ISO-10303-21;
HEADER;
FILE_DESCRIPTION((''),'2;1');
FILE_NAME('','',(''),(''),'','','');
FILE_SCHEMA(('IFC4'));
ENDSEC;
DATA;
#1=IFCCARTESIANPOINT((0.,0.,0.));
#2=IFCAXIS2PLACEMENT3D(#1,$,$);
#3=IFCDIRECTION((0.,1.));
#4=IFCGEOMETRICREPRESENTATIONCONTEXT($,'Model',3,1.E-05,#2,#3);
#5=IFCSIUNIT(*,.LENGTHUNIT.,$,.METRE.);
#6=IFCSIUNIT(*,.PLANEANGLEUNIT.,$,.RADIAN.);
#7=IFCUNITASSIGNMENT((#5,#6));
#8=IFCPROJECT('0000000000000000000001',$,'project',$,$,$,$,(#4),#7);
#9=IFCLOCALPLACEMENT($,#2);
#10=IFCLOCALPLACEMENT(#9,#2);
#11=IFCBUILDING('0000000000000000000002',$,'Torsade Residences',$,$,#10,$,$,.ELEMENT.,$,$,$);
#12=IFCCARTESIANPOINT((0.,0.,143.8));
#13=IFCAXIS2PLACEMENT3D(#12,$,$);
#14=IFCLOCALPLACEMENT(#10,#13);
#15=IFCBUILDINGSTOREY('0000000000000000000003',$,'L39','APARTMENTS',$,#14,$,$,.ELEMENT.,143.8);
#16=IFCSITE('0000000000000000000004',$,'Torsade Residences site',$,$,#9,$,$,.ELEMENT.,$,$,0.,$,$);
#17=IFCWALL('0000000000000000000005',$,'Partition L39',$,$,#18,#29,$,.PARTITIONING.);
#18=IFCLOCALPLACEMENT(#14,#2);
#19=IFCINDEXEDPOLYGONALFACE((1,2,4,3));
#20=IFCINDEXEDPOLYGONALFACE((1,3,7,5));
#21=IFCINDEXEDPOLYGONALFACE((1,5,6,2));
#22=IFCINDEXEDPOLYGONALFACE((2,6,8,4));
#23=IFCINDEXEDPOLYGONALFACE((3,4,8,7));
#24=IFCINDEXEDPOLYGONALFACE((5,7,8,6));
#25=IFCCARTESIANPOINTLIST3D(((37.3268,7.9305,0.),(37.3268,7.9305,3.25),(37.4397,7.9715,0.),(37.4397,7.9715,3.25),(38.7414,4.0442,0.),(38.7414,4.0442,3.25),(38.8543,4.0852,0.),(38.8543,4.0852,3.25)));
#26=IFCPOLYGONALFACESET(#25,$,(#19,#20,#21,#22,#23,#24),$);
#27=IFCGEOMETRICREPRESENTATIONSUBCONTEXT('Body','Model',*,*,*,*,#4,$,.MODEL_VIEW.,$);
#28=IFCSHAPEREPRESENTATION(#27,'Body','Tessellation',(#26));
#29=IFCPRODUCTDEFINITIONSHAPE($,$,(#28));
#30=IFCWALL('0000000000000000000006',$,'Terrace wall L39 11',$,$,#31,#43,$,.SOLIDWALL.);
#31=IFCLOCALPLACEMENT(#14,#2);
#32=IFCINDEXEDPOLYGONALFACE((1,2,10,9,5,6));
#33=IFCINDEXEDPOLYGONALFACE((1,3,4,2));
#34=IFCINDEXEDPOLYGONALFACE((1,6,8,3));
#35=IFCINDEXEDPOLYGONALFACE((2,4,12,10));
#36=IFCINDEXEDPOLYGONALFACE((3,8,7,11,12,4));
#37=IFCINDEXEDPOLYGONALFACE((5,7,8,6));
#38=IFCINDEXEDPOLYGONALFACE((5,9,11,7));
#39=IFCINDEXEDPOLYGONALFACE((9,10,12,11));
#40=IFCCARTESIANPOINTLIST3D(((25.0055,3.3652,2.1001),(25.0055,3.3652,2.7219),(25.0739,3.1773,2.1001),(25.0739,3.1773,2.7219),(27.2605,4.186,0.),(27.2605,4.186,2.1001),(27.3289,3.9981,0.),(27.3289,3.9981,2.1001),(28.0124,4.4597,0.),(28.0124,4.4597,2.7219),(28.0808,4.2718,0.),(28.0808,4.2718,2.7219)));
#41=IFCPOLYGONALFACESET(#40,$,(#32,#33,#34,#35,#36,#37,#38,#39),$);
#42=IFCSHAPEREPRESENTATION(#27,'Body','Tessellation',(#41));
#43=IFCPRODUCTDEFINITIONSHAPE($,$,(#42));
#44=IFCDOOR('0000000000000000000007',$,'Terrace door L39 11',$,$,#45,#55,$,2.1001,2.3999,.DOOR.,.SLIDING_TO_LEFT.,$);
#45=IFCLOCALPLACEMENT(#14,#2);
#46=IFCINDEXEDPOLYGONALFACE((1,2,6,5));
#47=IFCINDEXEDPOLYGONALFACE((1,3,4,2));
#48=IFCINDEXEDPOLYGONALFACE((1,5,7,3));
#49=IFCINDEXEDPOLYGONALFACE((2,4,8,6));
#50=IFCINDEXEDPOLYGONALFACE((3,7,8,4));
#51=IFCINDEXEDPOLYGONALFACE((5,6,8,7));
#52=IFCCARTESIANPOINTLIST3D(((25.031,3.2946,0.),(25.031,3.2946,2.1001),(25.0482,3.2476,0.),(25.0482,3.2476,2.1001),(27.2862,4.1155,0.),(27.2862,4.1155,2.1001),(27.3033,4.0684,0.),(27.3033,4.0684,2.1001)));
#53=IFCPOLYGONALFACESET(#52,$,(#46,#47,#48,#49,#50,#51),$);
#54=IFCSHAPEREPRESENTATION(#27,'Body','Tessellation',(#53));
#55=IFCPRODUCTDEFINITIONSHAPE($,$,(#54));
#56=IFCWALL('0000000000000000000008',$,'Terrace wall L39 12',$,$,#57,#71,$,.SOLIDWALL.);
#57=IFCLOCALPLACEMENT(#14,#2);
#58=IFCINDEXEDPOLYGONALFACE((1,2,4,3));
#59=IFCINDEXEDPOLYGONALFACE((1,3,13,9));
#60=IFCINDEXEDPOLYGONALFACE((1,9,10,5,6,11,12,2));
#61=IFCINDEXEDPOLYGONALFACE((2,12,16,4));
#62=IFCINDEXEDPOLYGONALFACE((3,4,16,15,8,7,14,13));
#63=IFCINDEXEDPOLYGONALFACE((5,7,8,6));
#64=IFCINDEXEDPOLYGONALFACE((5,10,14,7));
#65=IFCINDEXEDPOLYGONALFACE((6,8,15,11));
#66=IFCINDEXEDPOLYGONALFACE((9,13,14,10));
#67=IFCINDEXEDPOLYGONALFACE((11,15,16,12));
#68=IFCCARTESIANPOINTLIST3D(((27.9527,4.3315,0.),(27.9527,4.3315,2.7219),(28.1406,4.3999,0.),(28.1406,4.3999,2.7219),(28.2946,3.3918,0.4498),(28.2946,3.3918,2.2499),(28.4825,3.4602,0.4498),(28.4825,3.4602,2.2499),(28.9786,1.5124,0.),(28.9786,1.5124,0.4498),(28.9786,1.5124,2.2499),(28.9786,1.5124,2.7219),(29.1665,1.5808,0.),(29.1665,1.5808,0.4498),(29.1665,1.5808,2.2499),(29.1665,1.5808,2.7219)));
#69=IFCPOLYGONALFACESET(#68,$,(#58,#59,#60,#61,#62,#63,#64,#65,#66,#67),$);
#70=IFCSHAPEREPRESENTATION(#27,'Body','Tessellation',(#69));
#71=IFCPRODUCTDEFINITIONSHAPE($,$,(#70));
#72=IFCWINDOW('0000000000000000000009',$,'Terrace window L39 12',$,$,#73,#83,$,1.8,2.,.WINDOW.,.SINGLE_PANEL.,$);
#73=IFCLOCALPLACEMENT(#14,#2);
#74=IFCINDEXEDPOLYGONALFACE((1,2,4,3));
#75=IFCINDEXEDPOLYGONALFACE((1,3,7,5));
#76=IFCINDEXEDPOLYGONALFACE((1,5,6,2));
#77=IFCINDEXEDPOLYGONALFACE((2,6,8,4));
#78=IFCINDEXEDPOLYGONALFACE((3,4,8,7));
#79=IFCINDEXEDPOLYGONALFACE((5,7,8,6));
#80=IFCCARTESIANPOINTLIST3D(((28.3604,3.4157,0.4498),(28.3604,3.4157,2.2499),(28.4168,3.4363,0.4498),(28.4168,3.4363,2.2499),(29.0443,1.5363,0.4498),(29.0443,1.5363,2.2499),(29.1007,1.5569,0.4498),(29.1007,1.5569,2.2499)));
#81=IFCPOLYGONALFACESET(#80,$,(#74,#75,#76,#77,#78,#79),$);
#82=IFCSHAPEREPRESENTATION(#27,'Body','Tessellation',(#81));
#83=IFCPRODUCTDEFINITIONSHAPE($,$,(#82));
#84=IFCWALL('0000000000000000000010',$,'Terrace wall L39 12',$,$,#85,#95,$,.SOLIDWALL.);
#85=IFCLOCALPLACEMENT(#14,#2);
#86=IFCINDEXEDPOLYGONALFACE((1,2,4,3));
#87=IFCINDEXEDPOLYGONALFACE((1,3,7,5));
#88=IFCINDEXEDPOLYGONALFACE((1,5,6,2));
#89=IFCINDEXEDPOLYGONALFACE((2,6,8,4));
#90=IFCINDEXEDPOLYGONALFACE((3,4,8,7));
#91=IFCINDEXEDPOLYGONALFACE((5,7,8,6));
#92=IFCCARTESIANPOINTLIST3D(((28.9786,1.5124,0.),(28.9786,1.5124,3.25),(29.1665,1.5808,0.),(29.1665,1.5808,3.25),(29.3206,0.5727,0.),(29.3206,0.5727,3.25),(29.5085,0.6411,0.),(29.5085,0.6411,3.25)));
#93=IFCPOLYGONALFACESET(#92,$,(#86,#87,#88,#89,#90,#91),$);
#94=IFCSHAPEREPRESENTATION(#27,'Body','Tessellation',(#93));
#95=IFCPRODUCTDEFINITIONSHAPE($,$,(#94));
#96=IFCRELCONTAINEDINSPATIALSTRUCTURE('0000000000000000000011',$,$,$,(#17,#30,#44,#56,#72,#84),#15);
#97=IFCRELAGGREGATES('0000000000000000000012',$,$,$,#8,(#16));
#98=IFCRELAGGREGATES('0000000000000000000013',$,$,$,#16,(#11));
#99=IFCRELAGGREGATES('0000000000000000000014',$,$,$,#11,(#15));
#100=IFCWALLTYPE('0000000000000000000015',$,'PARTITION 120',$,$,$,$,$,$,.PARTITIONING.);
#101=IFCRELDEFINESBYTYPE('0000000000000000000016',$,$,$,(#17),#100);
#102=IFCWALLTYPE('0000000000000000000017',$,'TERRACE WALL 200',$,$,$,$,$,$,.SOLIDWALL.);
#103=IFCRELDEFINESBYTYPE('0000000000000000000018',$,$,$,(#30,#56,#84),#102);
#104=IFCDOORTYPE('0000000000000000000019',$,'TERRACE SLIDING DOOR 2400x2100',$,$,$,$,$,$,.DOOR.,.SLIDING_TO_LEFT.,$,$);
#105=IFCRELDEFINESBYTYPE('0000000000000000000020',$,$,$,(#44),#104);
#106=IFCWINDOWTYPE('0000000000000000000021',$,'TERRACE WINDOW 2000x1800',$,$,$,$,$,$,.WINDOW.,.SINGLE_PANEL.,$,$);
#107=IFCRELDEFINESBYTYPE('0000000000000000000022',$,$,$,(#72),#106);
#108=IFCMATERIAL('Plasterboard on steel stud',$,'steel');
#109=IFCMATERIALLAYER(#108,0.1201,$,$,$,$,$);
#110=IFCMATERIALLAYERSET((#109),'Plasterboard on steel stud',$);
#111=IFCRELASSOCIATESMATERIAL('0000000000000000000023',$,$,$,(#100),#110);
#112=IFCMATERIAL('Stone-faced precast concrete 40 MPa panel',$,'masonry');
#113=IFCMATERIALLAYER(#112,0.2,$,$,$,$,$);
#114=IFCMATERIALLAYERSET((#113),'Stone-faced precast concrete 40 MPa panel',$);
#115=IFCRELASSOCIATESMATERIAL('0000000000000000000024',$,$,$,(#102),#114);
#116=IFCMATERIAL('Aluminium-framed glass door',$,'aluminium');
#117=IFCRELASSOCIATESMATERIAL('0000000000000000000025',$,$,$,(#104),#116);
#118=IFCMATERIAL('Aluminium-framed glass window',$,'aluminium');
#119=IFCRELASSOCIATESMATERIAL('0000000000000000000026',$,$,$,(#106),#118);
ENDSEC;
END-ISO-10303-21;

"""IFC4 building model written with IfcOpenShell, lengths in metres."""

from ifc_helpers import new_model, si_unit, direction, frame, frame_2d, origin, place, context, subcontext, project, spatial, rectangle, extrude, material, layer, layer_set, type_object, element, fill, save


model = new_model("IFC4")

# Units and contexts
model_context = context("Model", 3, precision=1e-05, world=origin(), true_north=direction((0.0, 1.0)))
body_context = subcontext(model_context, "Body", "Model", "MODEL_VIEW")
ifc_project = project(units=[si_unit("LENGTHUNIT", "METRE"), si_unit("PLANEANGLEUNIT", "RADIAN")], contexts=[model_context])

# Site, building, storey
site_placement = place(None, origin())
site = spatial("IfcSite", under=ifc_project, at=site_placement, Name="Torsade Residences site", CompositionType="ELEMENT", RefElevation=0.0)
building_placement = place(site_placement, origin())
building = spatial("IfcBuilding", under=site, at=building_placement, Name="Torsade Residences", CompositionType="ELEMENT")
storey_placement = place(building_placement, frame((0.0, 0.0, 143.8)))
storey = spatial("IfcBuildingStorey", under=building, at=storey_placement, Name="L39", Description="APARTMENTS", CompositionType="ELEMENT", Elevation=143.8)

# Shared definitions
ifc_material_1 = material(Name="Plasterboard on steel stud", Category="steel")
ifc_layer_1 = layer(ifc_material_1, 0.1201)
ifc_layer_set_1 = layer_set([ifc_layer_1], Name="Plasterboard on steel stud")
wall_type_1 = type_object("IfcWallType", Name="PARTITION 120", PredefinedType="PARTITIONING", material=ifc_layer_set_1)

# Wall
wall_1_placement = place(storey_placement, frame((38.7979, 4.0647, 0.0), z_axis=(0.0, 0.0, 1.0), x_axis=(-0.342037, 0.939687, 0.0)))
element("IfcWall", 1, at=wall_1_placement, inside=storey, type_object=wall_type_1, Name="Partition L39", PredefinedType="PARTITIONING", context=body_context, shape_type="SweptSolid", body=[
    extrude(rectangle(XDim=4.1357, YDim=0.1201, at=frame_2d((2.0679, 0.0))), origin(), (0.0, 0.0, 1.0), 3.25),
])

# Wall, opening, door
ifc_material_2 = material(Name="Stone-faced precast concrete 40 MPa panel", Category="masonry")
ifc_layer_2 = layer(ifc_material_2, 0.2)
ifc_layer_set_2 = layer_set([ifc_layer_2], Name="Stone-faced precast concrete 40 MPa panel")
wall_type_2 = type_object("IfcWallType", Name="TERRACE WALL 200", PredefinedType="SOLIDWALL", material=ifc_layer_set_2)
wall_2_placement = place(storey_placement, frame((25.0396, 3.2712, 0.0), z_axis=(0.0, 0.0, 1.0), x_axis=(0.939693, 0.342019, 0.0)))
wall_2 = element("IfcWall", 2, at=wall_2_placement, inside=storey, type_object=wall_type_2, Name="Terrace wall L39 11", PredefinedType="SOLIDWALL", context=body_context, shape_type="SweptSolid", body=[
    extrude(rectangle(XDim=3.2, YDim=0.2, at=frame_2d((1.6001, 0.0))), origin(), (0.0, 0.0, 1.0), 2.7219),
])
opening_1_placement = place(wall_2_placement, origin())
opening_1 = element("IfcOpeningElement", 3, at=opening_1_placement, cuts=wall_2, PredefinedType="OPENING", context=body_context, shape_type="SweptSolid", body=[
    extrude(rectangle(XDim=2.3999, YDim=2.1001, at=frame_2d((1.2, 1.05))), frame((0.0, 0.1099, 0.0), z_axis=(0.0, -1.0, 0.0), x_axis=(1.0, 0.0, 0.0)), (0.0, 0.0, 1.0), 0.22),
])
ifc_material_3 = material(Name="Aluminium-framed glass door", Category="aluminium")
door_type_1 = type_object("IfcDoorType", Name="TERRACE SLIDING DOOR 2400x2100", OperationType="SLIDING_TO_LEFT", PredefinedType="DOOR", material=ifc_material_3)
door_1_placement = place(opening_1_placement, origin())
door_1 = element("IfcDoor", 4, at=door_1_placement, inside=storey, type_object=door_type_1, Name="Terrace door L39 11", OperationType="SLIDING_TO_LEFT", OverallHeight=2.1001, OverallWidth=2.3999, PredefinedType="DOOR", context=body_context, shape_type="SweptSolid", body=[
    extrude(rectangle(XDim=2.3999, YDim=2.1001, at=frame_2d((1.2, 1.05))), frame((0.0, 0.0249, 0.0), z_axis=(0.0, -1.0, 0.0), x_axis=(1.0, 0.0, 0.0)), (0.0, 0.0, 1.0), 0.05),
])
fill(opening_1, door_1)

# Wall, opening, window
wall_3_placement = place(storey_placement, frame((28.0466, 4.3657, 0.0), z_axis=(0.0, 0.0, 1.0), x_axis=(0.341965, -0.939713, 0.0)))
wall_3 = element("IfcWall", 5, at=wall_3_placement, inside=storey, type_object=wall_type_2, Name="Terrace wall L39 12", PredefinedType="SOLIDWALL", context=body_context, shape_type="SweptSolid", body=[
    extrude(rectangle(XDim=3.0, YDim=0.2, at=frame_2d((1.5, 0.0))), origin(), (0.0, 0.0, 1.0), 2.7219),
])
opening_2_placement = place(wall_3_placement, frame((1.0, 0.0, 0.45)))
opening_2 = element("IfcOpeningElement", 6, at=opening_2_placement, cuts=wall_3, PredefinedType="OPENING", context=body_context, shape_type="SweptSolid", body=[
    extrude(rectangle(XDim=2.0, YDim=1.8, at=frame_2d((1.0, 0.8999))), frame((0.0, 0.1099, 0.0), z_axis=(0.0, -1.0, 0.0), x_axis=(1.0, 0.0, 0.0)), (0.0, 0.0, 1.0), 0.22),
])
ifc_material_4 = material(Name="Aluminium-framed glass window", Category="aluminium")
window_type = type_object("IfcWindowType", Name="TERRACE WINDOW 2000x1800", PartitioningType="SINGLE_PANEL", PredefinedType="WINDOW", material=ifc_material_4)
window_placement = place(opening_2_placement, origin())
window = element("IfcWindow", 7, at=window_placement, inside=storey, type_object=window_type, Name="Terrace window L39 12", OverallHeight=1.8, OverallWidth=2.0, PartitioningType="SINGLE_PANEL", PredefinedType="WINDOW", context=body_context, shape_type="SweptSolid", body=[
    extrude(rectangle(XDim=2.0, YDim=1.8, at=frame_2d((1.0, 0.8999))), frame((0.0, 0.03, 0.0), z_axis=(0.0, -1.0, 0.0), x_axis=(1.0, 0.0, 0.0)), (0.0, 0.0, 1.0), 0.0601),
])
fill(opening_2, window)

# Wall
wall_4_placement = place(storey_placement, frame((29.0725, 1.5466, 0.0), z_axis=(0.0, 0.0, 1.0), x_axis=(0.342037, -0.939686, 0.0)))
element("IfcWall", 8, at=wall_4_placement, inside=storey, type_object=wall_type_2, Name="Terrace wall L39 12", PredefinedType="SOLIDWALL", context=body_context, shape_type="SweptSolid", body=[
    extrude(rectangle(XDim=1.0, YDim=0.2, at=frame_2d((0.5, 0.0))), origin(), (0.0, 0.0, 1.0), 3.25),
])

save(model, "model.ifc")
